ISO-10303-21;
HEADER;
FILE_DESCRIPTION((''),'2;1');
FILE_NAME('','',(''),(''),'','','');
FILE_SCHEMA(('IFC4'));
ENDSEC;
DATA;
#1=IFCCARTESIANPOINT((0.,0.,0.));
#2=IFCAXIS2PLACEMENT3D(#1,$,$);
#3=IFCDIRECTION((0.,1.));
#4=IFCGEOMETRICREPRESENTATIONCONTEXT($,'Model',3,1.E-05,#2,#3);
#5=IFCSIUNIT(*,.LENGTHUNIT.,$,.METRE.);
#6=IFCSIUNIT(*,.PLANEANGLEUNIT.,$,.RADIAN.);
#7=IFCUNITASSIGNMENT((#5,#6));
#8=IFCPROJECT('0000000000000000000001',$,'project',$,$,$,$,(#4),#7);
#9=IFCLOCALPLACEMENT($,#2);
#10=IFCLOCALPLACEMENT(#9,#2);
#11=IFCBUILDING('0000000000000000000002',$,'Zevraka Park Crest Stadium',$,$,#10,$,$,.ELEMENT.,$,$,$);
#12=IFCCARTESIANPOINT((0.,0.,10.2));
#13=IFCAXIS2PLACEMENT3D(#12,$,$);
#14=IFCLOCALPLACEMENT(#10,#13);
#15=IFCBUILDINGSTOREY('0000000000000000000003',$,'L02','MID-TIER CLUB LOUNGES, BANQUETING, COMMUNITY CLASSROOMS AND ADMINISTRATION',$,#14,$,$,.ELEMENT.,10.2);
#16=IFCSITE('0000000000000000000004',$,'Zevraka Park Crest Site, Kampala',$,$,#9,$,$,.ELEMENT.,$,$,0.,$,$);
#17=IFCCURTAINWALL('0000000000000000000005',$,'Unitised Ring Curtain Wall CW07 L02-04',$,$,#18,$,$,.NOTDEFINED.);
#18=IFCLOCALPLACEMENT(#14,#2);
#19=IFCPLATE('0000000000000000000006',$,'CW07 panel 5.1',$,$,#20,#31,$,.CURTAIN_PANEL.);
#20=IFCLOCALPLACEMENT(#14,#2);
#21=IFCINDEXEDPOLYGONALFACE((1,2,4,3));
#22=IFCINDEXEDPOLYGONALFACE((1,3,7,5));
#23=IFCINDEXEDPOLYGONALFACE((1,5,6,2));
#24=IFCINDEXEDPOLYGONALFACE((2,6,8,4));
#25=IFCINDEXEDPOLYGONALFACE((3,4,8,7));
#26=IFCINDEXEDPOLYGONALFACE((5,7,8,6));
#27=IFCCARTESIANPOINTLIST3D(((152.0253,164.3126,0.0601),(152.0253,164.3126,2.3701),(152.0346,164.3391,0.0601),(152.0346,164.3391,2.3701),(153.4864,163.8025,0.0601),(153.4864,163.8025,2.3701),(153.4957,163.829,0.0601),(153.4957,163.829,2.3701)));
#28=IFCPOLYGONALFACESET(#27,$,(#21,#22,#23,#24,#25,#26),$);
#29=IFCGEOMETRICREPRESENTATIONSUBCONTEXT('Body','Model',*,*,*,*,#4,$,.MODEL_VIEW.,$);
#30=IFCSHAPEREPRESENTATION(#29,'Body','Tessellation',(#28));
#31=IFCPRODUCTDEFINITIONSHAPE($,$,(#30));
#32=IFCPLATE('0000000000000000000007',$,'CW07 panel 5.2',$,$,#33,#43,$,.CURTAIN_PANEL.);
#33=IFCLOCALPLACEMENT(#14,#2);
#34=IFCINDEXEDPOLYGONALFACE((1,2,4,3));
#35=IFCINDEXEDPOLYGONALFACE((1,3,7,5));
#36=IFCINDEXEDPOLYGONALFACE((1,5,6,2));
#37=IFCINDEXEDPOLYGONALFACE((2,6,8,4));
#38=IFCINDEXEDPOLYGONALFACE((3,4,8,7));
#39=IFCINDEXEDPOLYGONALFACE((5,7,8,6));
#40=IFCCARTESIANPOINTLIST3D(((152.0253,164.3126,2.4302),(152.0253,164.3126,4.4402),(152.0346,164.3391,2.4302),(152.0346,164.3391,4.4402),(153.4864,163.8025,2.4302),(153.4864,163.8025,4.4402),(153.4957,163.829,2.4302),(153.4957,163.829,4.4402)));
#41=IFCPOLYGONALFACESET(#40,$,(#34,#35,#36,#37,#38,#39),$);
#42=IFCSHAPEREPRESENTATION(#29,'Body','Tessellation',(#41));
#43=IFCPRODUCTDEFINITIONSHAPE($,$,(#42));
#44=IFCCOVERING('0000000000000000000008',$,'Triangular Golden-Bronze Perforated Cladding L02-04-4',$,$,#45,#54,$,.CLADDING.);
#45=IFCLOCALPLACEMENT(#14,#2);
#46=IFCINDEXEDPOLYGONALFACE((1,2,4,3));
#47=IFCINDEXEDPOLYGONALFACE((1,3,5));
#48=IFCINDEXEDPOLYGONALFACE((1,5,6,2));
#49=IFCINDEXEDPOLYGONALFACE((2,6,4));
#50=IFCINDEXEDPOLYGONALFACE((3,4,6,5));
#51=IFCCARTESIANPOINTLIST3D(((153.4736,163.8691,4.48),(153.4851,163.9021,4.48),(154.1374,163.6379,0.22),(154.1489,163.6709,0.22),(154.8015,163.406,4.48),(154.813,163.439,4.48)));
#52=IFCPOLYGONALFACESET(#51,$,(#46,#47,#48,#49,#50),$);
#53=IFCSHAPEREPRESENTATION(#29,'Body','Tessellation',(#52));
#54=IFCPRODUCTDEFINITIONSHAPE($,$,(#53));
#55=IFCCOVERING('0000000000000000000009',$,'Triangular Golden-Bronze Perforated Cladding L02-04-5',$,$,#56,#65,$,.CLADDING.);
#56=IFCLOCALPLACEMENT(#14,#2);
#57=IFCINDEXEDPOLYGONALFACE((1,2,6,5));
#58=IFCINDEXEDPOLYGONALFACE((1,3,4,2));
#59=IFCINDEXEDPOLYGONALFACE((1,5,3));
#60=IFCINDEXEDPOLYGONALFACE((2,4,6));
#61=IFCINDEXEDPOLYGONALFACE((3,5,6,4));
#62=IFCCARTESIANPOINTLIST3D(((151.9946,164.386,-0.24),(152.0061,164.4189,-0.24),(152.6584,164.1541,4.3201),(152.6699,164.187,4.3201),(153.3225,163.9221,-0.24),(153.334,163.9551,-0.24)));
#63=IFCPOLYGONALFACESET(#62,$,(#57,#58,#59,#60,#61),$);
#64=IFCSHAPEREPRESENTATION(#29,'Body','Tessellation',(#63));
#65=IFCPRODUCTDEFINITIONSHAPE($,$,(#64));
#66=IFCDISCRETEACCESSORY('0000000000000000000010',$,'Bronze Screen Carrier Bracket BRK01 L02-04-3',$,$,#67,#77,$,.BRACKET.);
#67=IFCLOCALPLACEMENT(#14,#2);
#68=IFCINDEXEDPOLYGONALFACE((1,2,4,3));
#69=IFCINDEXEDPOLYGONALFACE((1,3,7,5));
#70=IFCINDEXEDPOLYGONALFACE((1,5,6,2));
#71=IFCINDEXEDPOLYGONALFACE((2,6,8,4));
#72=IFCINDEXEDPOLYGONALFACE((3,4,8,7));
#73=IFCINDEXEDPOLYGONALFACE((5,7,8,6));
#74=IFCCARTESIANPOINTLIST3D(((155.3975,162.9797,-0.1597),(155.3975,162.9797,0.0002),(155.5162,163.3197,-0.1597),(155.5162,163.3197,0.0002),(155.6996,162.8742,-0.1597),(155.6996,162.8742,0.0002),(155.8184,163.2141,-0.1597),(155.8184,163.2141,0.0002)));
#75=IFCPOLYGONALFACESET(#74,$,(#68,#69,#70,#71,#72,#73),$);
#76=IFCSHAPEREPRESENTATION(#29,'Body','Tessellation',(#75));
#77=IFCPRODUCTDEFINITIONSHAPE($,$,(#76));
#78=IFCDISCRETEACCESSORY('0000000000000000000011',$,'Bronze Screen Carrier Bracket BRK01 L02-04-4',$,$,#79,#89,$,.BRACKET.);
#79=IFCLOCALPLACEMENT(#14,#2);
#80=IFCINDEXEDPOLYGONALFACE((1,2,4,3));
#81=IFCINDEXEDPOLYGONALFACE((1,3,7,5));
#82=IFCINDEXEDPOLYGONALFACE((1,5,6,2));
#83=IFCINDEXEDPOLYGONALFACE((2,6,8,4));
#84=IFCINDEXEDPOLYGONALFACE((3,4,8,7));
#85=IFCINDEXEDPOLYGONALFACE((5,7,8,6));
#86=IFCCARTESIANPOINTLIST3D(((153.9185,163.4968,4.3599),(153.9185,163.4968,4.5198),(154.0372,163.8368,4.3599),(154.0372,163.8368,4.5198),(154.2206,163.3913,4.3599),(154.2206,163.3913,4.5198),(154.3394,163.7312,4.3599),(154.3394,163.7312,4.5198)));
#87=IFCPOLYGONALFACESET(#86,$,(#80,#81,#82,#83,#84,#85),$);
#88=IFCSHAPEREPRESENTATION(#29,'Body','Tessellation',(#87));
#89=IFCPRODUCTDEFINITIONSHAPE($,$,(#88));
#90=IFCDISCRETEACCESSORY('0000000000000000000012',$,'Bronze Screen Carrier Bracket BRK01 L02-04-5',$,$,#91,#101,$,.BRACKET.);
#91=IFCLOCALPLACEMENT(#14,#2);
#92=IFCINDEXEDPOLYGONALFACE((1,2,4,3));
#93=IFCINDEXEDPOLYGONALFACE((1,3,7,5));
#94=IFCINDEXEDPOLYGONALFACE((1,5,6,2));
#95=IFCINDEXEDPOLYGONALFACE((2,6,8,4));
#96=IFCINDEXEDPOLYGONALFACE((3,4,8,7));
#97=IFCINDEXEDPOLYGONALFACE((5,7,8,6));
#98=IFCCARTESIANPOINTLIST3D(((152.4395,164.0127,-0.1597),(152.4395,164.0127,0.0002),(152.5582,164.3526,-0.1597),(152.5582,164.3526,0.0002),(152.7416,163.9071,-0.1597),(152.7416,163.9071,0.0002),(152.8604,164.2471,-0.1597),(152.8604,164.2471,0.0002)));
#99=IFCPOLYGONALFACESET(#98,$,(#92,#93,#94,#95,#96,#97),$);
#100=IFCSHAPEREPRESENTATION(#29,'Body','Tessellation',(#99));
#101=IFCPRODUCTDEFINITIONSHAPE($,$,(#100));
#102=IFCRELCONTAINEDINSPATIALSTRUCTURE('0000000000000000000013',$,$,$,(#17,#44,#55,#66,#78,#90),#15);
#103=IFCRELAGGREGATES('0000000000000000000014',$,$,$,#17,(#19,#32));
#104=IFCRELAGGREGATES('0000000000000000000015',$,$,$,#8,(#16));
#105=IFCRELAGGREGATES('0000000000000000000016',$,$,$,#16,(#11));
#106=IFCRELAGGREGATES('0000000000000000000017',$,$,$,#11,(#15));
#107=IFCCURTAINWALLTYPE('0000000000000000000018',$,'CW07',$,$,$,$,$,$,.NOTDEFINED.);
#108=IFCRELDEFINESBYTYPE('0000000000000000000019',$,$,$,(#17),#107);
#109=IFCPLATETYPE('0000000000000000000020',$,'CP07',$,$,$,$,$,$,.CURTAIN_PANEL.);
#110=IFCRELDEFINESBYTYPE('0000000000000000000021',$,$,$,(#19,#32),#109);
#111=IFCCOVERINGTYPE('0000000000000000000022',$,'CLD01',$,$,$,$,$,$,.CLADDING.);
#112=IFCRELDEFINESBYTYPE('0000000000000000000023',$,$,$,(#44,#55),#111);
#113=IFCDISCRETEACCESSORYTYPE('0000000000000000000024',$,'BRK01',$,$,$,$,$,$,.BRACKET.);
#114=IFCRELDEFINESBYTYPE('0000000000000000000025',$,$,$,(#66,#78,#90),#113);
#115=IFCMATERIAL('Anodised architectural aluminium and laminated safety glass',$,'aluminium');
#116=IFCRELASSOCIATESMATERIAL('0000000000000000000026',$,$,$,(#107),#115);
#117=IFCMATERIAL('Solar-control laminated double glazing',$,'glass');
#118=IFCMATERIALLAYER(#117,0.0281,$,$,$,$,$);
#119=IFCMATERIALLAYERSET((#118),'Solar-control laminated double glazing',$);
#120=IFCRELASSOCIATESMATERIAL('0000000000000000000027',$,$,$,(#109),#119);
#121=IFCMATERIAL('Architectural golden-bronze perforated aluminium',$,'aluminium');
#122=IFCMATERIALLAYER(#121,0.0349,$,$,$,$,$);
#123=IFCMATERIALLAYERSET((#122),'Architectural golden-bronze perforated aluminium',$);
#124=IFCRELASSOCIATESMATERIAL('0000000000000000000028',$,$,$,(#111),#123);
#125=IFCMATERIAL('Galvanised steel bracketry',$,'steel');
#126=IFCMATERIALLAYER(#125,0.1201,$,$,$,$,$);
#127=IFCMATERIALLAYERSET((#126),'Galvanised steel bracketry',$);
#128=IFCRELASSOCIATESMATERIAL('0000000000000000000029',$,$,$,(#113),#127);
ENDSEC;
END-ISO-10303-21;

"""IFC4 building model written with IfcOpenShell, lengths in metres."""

from ifc_helpers import new_model, si_unit, direction, frame, origin, origin_2d, place, context, subcontext, project, spatial, polyline, rectangle, outline, extrude, material, layer, layer_set, type_object, element, aggregate, save


model = new_model("IFC4")

# Units and contexts
model_context = context("Model", 3, precision=1e-05, world=origin(), true_north=direction((0.0, 1.0)))
body_context = subcontext(model_context, "Body", "Model", "MODEL_VIEW")
ifc_project = project(units=[si_unit("LENGTHUNIT", "METRE"), si_unit("PLANEANGLEUNIT", "RADIAN")], contexts=[model_context])

# Site, building, storey
site_placement = place(None, origin())
site = spatial("IfcSite", under=ifc_project, at=site_placement, Name="Zevraka Park Crest Site, Kampala", CompositionType="ELEMENT", RefElevation=0.0)
building_placement = place(site_placement, origin())
building = spatial("IfcBuilding", under=site, at=building_placement, Name="Zevraka Park Crest Stadium", CompositionType="ELEMENT")
storey_placement = place(building_placement, frame((0.0, 0.0, 10.2)))
storey = spatial("IfcBuildingStorey", under=building, at=storey_placement, Name="L02", Description="MID-TIER CLUB LOUNGES, BANQUETING, COMMUNITY CLASSROOMS AND ADMINISTRATION", CompositionType="ELEMENT", Elevation=10.2)

# Curtain wall, plates
ifc_material_1 = material(Name="Anodised architectural aluminium and laminated safety glass", Category="aluminium")
curtain_wall_type = type_object("IfcCurtainWallType", Name="CW07", PredefinedType="NOTDEFINED", material=ifc_material_1)
curtain_wall_placement = place(storey_placement, origin())
curtain_wall = element("IfcCurtainWall", 1, at=curtain_wall_placement, inside=storey, type_object=curtain_wall_type, Name="Unitised Ring Curtain Wall CW07 L02-04", PredefinedType="NOTDEFINED")
ifc_material_2 = material(Name="Solar-control laminated double glazing", Category="glass")
ifc_layer_1 = layer(ifc_material_2, 0.0281)
ifc_layer_set_1 = layer_set([ifc_layer_1], Name="Solar-control laminated double glazing")
plate_type = type_object("IfcPlateType", Name="CP07", PredefinedType="CURTAIN_PANEL", material=ifc_layer_set_1)
plate_1_placement = place(storey_placement, frame((152.7605, 164.0708, 0.0601), z_axis=(0.0, 0.0, 1.0), x_axis=(-0.944114, 0.329619, 0.0)))
plate_1 = element("IfcPlate", 2, at=plate_1_placement, type_object=plate_type, Name="CW07 panel 5.1", PredefinedType="CURTAIN_PANEL", context=body_context, shape_type="SweptSolid", body=[
    extrude(rectangle(XDim=1.5476, YDim=0.0281, at=origin_2d()), origin(), (0.0, 0.0, 1.0), 2.3101),
])
plate_2_placement = place(storey_placement, frame((152.7605, 164.0708, 2.4302), z_axis=(0.0, 0.0, 1.0), x_axis=(-0.944114, 0.329619, 0.0)))
plate_2 = element("IfcPlate", 3, at=plate_2_placement, type_object=plate_type, Name="CW07 panel 5.2", PredefinedType="CURTAIN_PANEL", context=body_context, shape_type="SweptSolid", body=[
    extrude(rectangle(XDim=1.5476, YDim=0.0281, at=origin_2d()), origin(), (0.0, 0.0, 1.0), 2.01),
])
aggregate(curtain_wall, [plate_1, plate_2])

# Coverings
ifc_material_3 = material(Name="Architectural golden-bronze perforated aluminium", Category="aluminium")
ifc_layer_2 = layer(ifc_material_3, 0.0349)
ifc_layer_set_2 = layer_set([ifc_layer_2], Name="Architectural golden-bronze perforated aluminium")
covering_type = type_object("IfcCoveringType", Name="CLD01", PredefinedType="CLADDING", material=ifc_layer_set_2)
covering_1_placement = place(storey_placement, frame((153.4851, 163.9021, 4.48), z_axis=(0.329322, 0.944218, 0.000072), x_axis=(0.944218, -0.329322, 0.0)))
element("IfcCovering", 4, at=covering_1_placement, inside=storey, type_object=covering_type, Name="Triangular Golden-Bronze Perforated Cladding L02-04-4", PredefinedType="CLADDING", context=body_context, shape_type="SweptSolid", body=[
    extrude(outline(polyline([(0.0, 0.0), (1.4063, 0.0), (0.7029, 4.26), (0.0, 0.0)])), origin(), (0.0, 0.0, -1.0), 0.0349),
])
covering_2_placement = place(storey_placement, frame((153.334, 163.9551, -0.24), z_axis=(0.329786, 0.944056, 0.000009), x_axis=(-0.944056, 0.329786, 0.0)))
element("IfcCovering", 5, at=covering_2_placement, inside=storey, type_object=covering_type, Name="Triangular Golden-Bronze Perforated Cladding L02-04-5", PredefinedType="CLADDING", context=body_context, shape_type="SweptSolid", body=[
    extrude(outline(polyline([(0.0, 0.0), (1.4066, 0.0), (0.7034, 4.5601), (0.0, 0.0)])), origin(), (0.0, 0.0, -1.0), 0.0349),
])

# Discrete accessories
ifc_material_4 = material(Name="Galvanised steel bracketry", Category="steel")
ifc_layer_3 = layer(ifc_material_4, 0.1201)
ifc_layer_set_3 = layer_set([ifc_layer_3], Name="Galvanised steel bracketry")
discrete_accessory_type = type_object("IfcDiscreteAccessoryType", Name="BRK01", PredefinedType="BRACKET", material=ifc_layer_set_3)
for number, where, z_axis, x_axis, name in (
    (6, (155.6079, 163.0969, -0.1597), (0.0, 0.0, 1.0), (-0.944089, 0.329691, 0.0), "Bronze Screen Carrier Bracket BRK01 L02-04-3"),
    (7, (154.1289, 163.614, 4.3599), (0.0, 0.0, 1.0), (-0.944089, 0.329691, 0.0), "Bronze Screen Carrier Bracket BRK01 L02-04-4"),
    (8, (152.6499, 164.1299, -0.1597), (0.0, 0.0, 1.0), (-0.944089, 0.329691, 0.0), "Bronze Screen Carrier Bracket BRK01 L02-04-5"),
):
    element("IfcDiscreteAccessory", number, at=place(storey_placement, frame(where, z_axis=z_axis, x_axis=x_axis)), inside=storey, type_object=discrete_accessory_type, Name=name, PredefinedType="BRACKET", context=body_context, shape_type="SweptSolid", body=[
        extrude(rectangle(XDim=0.3201, YDim=0.3601, at=origin_2d()), origin(), (0.0, 0.0, 1.0), 0.1599),
    ])

save(model, "model.ifc")
